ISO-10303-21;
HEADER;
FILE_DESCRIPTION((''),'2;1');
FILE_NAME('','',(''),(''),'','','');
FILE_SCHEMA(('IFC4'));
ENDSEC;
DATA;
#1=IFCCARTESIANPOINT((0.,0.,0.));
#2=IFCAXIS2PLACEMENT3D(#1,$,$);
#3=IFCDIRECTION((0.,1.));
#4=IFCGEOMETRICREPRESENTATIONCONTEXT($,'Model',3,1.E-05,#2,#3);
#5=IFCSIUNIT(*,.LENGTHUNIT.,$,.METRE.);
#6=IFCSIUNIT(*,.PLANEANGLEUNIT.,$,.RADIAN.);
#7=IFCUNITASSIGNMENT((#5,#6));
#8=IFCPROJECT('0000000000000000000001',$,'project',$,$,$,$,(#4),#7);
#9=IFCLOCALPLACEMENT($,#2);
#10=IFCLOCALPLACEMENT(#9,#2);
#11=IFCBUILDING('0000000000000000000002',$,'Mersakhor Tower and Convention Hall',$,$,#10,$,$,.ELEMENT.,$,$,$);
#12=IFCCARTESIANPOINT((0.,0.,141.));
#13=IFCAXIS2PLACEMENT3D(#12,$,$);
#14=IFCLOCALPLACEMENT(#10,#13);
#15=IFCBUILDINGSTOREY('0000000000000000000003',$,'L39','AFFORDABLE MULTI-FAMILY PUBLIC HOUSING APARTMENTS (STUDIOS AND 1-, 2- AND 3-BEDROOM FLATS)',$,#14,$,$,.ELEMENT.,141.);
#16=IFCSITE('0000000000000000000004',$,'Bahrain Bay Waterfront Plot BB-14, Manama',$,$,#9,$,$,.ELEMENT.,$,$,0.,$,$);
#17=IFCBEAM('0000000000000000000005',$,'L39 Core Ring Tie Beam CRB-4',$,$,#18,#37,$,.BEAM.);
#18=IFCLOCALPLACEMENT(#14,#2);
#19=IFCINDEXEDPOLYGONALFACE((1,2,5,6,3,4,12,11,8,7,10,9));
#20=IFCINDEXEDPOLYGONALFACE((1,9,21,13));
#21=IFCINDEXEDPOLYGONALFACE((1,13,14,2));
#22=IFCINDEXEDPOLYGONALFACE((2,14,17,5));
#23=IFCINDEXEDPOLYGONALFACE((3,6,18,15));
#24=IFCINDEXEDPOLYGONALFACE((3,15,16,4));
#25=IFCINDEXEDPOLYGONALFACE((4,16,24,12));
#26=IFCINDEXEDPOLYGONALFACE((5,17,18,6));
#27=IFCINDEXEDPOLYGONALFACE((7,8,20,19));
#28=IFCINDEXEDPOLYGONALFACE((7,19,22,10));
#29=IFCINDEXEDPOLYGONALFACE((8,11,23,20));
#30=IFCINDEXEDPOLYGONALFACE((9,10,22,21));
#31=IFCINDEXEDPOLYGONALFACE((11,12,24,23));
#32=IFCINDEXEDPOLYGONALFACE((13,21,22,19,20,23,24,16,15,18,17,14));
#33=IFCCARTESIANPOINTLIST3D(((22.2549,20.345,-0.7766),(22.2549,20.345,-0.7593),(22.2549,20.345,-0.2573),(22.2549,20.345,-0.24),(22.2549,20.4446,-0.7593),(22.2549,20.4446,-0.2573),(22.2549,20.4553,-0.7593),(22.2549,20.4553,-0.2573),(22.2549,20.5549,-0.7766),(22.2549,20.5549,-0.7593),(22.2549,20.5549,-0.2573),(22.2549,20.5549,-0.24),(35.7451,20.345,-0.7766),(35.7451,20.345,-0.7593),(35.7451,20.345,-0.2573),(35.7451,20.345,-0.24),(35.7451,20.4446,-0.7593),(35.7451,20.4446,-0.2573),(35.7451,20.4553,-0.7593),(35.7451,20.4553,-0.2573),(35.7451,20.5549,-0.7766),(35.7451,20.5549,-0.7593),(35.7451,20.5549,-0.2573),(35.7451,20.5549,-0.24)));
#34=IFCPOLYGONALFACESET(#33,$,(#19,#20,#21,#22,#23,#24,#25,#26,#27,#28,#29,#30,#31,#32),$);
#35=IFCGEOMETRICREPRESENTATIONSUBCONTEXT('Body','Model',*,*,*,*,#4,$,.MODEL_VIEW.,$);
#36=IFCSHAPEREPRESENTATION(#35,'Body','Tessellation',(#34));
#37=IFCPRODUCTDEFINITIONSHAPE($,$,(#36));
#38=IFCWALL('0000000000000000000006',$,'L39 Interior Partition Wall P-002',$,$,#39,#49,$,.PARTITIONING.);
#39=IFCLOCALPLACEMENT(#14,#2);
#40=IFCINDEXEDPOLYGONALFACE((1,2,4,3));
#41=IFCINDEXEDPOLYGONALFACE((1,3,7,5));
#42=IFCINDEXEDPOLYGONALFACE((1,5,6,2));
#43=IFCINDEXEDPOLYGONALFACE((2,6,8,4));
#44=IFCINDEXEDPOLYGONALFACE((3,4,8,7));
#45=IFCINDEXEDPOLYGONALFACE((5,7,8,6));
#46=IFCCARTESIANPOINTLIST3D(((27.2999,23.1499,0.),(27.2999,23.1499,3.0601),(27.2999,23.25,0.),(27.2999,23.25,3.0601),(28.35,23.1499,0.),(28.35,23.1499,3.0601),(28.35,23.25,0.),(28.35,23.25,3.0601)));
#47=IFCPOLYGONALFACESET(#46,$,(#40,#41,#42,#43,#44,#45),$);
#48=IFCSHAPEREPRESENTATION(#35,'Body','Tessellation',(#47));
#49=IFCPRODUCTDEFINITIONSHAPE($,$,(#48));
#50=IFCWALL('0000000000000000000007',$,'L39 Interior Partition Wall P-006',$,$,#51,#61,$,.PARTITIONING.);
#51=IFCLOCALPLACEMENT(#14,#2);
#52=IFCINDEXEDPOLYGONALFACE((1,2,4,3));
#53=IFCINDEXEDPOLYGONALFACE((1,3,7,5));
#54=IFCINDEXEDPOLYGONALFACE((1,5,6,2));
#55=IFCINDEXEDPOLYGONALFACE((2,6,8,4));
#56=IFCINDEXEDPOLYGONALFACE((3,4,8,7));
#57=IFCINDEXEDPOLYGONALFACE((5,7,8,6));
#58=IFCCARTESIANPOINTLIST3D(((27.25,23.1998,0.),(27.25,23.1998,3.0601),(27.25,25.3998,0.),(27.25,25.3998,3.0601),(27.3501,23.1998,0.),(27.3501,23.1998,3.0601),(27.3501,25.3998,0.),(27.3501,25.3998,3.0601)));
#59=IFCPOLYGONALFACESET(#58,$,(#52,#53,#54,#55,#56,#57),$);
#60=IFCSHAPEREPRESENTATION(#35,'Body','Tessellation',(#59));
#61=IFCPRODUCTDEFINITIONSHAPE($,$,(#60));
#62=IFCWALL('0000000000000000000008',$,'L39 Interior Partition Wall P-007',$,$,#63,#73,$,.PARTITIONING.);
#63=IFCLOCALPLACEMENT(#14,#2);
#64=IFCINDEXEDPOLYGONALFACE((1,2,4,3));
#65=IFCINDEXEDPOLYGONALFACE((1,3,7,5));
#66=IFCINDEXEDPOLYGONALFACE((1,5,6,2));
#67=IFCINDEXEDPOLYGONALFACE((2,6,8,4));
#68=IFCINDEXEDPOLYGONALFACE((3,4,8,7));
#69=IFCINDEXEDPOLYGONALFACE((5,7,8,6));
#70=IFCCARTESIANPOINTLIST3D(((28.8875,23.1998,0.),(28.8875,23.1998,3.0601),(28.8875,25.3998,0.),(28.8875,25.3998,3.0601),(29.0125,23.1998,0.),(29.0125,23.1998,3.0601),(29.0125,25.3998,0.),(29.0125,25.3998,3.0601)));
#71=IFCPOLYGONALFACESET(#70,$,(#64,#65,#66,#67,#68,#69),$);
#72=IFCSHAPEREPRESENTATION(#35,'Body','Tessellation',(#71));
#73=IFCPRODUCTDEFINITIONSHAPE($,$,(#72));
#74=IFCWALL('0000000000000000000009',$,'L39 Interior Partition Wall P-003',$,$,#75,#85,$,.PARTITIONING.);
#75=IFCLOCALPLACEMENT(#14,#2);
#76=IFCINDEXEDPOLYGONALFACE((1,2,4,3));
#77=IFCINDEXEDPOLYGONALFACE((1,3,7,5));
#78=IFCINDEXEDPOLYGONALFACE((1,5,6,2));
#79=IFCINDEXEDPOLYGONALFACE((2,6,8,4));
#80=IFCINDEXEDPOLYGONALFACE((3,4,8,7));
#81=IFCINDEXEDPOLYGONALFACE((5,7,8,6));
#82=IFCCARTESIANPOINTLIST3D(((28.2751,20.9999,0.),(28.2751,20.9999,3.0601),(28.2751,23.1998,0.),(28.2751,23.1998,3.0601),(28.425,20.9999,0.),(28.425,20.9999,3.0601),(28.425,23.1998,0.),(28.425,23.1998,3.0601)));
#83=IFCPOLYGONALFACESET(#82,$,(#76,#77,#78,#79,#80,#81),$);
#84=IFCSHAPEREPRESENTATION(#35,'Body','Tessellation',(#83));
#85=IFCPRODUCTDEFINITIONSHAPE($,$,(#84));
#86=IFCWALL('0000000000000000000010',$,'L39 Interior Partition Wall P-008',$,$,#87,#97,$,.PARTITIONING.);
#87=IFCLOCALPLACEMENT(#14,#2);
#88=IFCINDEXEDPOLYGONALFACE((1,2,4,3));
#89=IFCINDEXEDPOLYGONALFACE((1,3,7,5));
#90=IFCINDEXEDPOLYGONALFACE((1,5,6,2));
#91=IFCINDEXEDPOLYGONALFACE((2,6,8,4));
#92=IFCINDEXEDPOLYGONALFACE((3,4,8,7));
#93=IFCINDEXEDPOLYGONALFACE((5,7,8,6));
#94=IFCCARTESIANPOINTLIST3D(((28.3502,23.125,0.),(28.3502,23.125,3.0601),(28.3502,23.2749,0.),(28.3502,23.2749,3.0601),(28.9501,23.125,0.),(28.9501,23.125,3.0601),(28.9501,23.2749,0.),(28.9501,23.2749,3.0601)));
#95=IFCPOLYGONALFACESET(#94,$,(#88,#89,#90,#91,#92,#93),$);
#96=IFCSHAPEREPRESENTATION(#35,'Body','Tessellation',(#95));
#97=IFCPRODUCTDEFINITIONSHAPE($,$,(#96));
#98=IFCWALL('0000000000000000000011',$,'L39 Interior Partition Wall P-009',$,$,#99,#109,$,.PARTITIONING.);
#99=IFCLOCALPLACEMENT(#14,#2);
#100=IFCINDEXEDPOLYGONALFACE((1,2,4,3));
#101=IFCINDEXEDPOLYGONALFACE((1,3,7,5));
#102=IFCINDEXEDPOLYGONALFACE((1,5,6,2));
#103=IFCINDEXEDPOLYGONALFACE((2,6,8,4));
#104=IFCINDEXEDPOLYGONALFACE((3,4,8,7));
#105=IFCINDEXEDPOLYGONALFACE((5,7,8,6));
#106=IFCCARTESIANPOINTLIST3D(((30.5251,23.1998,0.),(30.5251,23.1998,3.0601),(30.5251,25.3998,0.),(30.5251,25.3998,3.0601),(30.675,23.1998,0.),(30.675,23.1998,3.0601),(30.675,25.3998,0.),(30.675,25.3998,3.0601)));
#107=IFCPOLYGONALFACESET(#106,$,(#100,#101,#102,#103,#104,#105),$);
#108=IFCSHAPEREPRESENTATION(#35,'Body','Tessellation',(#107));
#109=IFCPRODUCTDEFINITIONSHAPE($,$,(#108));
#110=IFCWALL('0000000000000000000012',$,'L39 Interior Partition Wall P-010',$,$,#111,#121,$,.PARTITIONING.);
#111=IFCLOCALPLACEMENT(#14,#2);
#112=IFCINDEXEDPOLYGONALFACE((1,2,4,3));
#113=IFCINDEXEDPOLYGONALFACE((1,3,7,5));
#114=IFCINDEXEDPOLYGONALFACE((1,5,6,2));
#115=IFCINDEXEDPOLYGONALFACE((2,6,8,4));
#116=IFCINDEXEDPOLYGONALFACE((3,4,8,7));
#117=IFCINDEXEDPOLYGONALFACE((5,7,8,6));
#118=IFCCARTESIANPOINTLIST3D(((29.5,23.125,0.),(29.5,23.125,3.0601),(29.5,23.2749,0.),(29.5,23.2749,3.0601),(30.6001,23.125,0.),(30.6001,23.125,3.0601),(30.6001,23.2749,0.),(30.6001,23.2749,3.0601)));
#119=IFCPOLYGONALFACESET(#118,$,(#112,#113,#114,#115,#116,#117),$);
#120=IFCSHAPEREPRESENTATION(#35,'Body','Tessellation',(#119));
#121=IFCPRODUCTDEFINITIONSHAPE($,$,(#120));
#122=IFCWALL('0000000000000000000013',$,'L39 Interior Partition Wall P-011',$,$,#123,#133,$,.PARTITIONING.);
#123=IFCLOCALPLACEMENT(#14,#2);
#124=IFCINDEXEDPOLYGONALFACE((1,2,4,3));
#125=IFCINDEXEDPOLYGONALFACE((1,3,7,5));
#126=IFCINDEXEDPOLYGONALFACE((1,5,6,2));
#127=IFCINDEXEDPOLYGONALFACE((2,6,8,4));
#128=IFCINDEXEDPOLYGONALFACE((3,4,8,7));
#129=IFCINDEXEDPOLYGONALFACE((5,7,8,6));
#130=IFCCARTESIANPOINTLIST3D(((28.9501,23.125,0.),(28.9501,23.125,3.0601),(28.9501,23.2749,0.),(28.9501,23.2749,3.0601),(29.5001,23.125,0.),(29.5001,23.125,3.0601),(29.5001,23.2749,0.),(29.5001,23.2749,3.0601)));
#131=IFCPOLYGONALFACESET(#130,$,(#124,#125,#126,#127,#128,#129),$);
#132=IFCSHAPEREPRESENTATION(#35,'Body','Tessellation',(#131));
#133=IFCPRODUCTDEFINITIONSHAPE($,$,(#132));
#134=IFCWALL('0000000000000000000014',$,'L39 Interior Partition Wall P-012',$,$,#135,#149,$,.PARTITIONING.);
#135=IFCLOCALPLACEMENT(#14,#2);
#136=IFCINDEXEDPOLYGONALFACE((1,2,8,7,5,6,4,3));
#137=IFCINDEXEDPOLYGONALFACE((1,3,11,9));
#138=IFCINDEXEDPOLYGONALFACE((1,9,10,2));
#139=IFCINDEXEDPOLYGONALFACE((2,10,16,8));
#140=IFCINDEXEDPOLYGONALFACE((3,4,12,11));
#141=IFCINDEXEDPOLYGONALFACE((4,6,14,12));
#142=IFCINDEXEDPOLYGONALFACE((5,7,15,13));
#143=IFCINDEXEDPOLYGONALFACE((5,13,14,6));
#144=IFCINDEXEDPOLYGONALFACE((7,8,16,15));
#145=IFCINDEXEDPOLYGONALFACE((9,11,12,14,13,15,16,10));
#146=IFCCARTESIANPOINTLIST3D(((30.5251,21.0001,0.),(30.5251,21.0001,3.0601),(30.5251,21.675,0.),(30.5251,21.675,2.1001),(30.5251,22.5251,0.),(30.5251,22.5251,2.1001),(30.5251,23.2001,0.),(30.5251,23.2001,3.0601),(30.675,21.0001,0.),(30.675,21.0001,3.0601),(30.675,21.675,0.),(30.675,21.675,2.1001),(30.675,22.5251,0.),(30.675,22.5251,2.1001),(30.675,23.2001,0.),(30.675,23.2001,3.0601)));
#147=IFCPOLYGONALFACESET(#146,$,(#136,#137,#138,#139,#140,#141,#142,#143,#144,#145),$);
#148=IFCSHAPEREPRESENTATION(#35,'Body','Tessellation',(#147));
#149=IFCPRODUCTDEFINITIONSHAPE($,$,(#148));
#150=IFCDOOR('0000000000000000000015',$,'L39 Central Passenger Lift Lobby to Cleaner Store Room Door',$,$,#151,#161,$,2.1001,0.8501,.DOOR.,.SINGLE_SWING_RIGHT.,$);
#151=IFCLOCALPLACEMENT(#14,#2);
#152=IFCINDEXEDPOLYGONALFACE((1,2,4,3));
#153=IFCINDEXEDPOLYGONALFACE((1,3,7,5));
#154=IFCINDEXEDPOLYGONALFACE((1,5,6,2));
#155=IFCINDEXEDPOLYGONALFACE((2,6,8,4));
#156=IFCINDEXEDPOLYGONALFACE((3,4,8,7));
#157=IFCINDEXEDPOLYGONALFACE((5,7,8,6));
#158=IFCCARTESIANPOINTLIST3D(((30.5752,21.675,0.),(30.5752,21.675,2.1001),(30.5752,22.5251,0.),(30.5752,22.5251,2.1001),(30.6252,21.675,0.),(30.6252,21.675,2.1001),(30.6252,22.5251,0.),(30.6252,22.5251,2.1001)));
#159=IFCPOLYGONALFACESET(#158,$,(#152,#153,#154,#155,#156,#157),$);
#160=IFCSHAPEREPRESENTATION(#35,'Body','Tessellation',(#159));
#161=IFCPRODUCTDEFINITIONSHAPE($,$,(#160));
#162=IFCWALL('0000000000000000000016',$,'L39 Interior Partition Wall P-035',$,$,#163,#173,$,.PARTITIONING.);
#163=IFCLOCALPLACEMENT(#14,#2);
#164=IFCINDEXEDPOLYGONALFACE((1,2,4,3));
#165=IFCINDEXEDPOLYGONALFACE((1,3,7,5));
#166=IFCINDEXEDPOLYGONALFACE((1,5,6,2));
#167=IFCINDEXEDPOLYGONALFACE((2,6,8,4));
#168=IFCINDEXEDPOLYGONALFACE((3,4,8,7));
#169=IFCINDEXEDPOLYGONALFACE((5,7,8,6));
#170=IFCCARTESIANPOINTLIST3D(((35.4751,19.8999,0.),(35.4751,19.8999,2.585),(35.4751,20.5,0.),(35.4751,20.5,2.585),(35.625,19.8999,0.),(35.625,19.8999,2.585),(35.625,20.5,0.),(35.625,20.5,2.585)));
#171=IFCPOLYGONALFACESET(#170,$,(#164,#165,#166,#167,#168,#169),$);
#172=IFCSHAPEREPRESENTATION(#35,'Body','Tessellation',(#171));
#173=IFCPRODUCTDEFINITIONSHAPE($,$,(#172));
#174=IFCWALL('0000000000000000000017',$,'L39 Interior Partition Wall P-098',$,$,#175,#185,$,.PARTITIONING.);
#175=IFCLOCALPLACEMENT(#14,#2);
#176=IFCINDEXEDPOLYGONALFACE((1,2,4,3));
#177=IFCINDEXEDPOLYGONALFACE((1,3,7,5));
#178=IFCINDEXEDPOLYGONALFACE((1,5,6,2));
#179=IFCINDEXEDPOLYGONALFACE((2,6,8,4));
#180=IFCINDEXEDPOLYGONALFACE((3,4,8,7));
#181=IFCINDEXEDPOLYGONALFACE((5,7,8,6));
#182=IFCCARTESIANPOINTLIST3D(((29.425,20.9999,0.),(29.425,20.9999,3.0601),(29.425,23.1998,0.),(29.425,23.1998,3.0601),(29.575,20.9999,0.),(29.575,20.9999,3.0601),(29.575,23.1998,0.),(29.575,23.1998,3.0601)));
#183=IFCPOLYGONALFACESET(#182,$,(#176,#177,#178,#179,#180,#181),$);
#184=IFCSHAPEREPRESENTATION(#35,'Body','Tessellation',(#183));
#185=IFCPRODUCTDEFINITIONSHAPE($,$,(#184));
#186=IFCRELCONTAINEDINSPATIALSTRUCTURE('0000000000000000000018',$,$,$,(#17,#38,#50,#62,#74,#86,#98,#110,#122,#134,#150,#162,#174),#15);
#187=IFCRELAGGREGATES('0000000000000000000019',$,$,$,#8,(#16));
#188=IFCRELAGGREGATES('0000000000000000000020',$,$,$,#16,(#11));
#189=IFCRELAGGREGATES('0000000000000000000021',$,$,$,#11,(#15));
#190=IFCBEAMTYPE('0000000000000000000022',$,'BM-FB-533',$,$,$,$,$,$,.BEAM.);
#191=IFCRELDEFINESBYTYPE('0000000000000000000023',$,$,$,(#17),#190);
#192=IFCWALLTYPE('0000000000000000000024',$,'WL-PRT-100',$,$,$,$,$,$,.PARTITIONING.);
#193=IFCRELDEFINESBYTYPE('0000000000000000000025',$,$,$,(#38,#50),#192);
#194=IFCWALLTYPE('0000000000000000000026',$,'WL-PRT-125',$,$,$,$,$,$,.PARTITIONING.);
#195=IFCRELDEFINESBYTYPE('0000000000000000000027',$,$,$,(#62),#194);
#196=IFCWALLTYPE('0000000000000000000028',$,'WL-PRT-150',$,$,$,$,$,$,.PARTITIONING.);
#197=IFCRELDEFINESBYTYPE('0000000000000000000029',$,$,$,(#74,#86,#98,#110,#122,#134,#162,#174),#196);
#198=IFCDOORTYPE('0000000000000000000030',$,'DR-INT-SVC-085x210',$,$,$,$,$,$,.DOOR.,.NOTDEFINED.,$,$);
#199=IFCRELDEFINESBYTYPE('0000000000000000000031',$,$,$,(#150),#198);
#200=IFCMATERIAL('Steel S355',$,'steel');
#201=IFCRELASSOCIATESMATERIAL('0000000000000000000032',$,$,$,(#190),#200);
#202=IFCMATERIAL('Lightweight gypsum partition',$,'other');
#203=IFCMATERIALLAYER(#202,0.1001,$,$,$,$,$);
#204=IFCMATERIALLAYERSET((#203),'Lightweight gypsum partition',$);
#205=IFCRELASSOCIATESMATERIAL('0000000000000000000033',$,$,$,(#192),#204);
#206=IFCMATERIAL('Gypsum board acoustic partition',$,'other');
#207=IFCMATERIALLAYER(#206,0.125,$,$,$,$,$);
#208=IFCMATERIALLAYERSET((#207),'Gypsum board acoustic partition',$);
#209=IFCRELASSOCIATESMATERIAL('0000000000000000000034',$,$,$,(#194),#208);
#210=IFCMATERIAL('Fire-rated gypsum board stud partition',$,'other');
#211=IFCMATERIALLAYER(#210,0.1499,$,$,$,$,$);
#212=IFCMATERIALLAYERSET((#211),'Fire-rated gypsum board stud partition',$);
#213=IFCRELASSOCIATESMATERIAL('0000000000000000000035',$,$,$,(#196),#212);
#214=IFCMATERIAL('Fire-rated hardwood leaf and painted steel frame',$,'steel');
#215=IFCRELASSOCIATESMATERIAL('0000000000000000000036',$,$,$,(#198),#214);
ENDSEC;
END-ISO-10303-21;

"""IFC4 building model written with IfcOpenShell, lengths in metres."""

from ifc_helpers import new_model, si_unit, direction, frame, frame_2d, origin, origin_2d, place, context, subcontext, project, spatial, rectangle, i_section, extrude, material, layer, layer_set, material_profile, profile_set, type_object, element, fill, save


model = new_model("IFC4")

# Units and contexts
model_context = context("Model", 3, precision=1e-05, world=origin(), true_north=direction((0.0, 1.0)))
body_context = subcontext(model_context, "Body", "Model", "MODEL_VIEW")
ifc_project = project(units=[si_unit("LENGTHUNIT", "METRE"), si_unit("PLANEANGLEUNIT", "RADIAN")], contexts=[model_context])

# Site, building, storey
site_placement = place(None, origin())
site = spatial("IfcSite", under=ifc_project, at=site_placement, Name="Bahrain Bay Waterfront Plot BB-14, Manama", CompositionType="ELEMENT", RefElevation=0.0)
building_placement = place(site_placement, origin())
building = spatial("IfcBuilding", under=site, at=building_placement, Name="Mersakhor Tower and Convention Hall", CompositionType="ELEMENT")
storey_placement = place(building_placement, frame((0.0, 0.0, 141.0)))
storey = spatial("IfcBuildingStorey", under=building, at=storey_placement, Name="L39", Description="AFFORDABLE MULTI-FAMILY PUBLIC HOUSING APARTMENTS (STUDIOS AND 1-, 2- AND 3-BEDROOM FLATS)", CompositionType="ELEMENT", Elevation=141.0)

# Beam
ifc_material_1 = material(Name="Steel S355", Category="steel")
ifc_material_profile = material_profile(ifc_material_1, i_section(OverallWidth=0.21, OverallDepth=0.5366, WebThickness=0.0107, FlangeThickness=0.0173, at=origin_2d()), Name="UB 533x210x101")
ifc_profile_set = profile_set([ifc_material_profile], Name="Steel S355")
beam_type = type_object("IfcBeamType", Name="BM-FB-533", PredefinedType="BEAM", material=ifc_profile_set)
beam_placement = place(storey_placement, frame((35.7451, 20.45, -0.5083), z_axis=(-1.0, 0.0, 0.0), x_axis=(0.0, -1.0, 0.0)))
element("IfcBeam", 1, at=beam_placement, inside=storey, type_object=beam_type, Name="L39 Core Ring Tie Beam CRB-4", PredefinedType="BEAM", context=body_context, shape_type="SweptSolid", body=[
    extrude(i_section(OverallWidth=0.21, OverallDepth=0.5366, WebThickness=0.0107, FlangeThickness=0.0173, at=origin_2d()), origin(), (0.0, 0.0, 1.0), 13.4902),
])

# Walls
ifc_material_2 = material(Name="Lightweight gypsum partition", Category="other")
ifc_layer_1 = layer(ifc_material_2, 0.1001)
ifc_layer_set_1 = layer_set([ifc_layer_1], Name="Lightweight gypsum partition")
wall_type_1 = type_object("IfcWallType", Name="WL-PRT-100", PredefinedType="PARTITIONING", material=ifc_layer_set_1)
wall_1_placement = place(storey_placement, frame((27.3, 23.2, 0.0), z_axis=(0.0, 0.0, 1.0), x_axis=(1.0, 0.0, 0.0)))
element("IfcWall", 2, at=wall_1_placement, inside=storey, type_object=wall_type_1, Name="L39 Interior Partition Wall P-002", PredefinedType="PARTITIONING", context=body_context, shape_type="SweptSolid", body=[
    extrude(rectangle(XDim=1.05, YDim=0.1001, at=frame_2d((0.5249, 0.0))), origin(), (0.0, 0.0, 1.0), 3.0601),
])
wall_2_placement = place(storey_placement, frame((27.3, 25.3999, 0.0), z_axis=(0.0, 0.0, 1.0), x_axis=(0.0, -1.0, 0.0)))
element("IfcWall", 3, at=wall_2_placement, inside=storey, type_object=wall_type_1, Name="L39 Interior Partition Wall P-006", PredefinedType="PARTITIONING", context=body_context, shape_type="SweptSolid", body=[
    extrude(rectangle(XDim=2.2, YDim=0.1001, at=frame_2d((1.1001, 0.0))), origin(), (0.0, 0.0, 1.0), 3.0601),
])
ifc_material_3 = material(Name="Gypsum board acoustic partition", Category="other")
ifc_layer_2 = layer(ifc_material_3, 0.125)
ifc_layer_set_2 = layer_set([ifc_layer_2], Name="Gypsum board acoustic partition")
wall_type_2 = type_object("IfcWallType", Name="WL-PRT-125", PredefinedType="PARTITIONING", material=ifc_layer_set_2)
wall_3_placement = place(storey_placement, frame((28.95, 25.3999, 0.0), z_axis=(0.0, 0.0, 1.0), x_axis=(0.0, -1.0, 0.0)))
element("IfcWall", 4, at=wall_3_placement, inside=storey, type_object=wall_type_2, Name="L39 Interior Partition Wall P-007", PredefinedType="PARTITIONING", context=body_context, shape_type="SweptSolid", body=[
    extrude(rectangle(XDim=2.2, YDim=0.125, at=frame_2d((1.1001, 0.0))), origin(), (0.0, 0.0, 1.0), 3.0601),
])
ifc_material_4 = material(Name="Fire-rated gypsum board stud partition", Category="other")
ifc_layer_3 = layer(ifc_material_4, 0.1499)
ifc_layer_set_3 = layer_set([ifc_layer_3], Name="Fire-rated gypsum board stud partition")
wall_type_3 = type_object("IfcWallType", Name="WL-PRT-150", PredefinedType="PARTITIONING", material=ifc_layer_set_3)
wall_4_placement = place(storey_placement, frame((28.3501, 23.2, 0.0), z_axis=(0.0, 0.0, 1.0), x_axis=(0.0, -1.0, 0.0)))
element("IfcWall", 5, at=wall_4_placement, inside=storey, type_object=wall_type_3, Name="L39 Interior Partition Wall P-003", PredefinedType="PARTITIONING", context=body_context, shape_type="SweptSolid", body=[
    extrude(rectangle(XDim=2.2, YDim=0.1499, at=frame_2d((1.1001, 0.0))), origin(), (0.0, 0.0, 1.0), 3.0601),
])
wall_5_placement = place(storey_placement, frame((28.95, 23.2, 0.0), z_axis=(0.0, 0.0, 1.0), x_axis=(-1.0, 0.0, 0.0)))
element("IfcWall", 6, at=wall_5_placement, inside=storey, type_object=wall_type_3, Name="L39 Interior Partition Wall P-008", PredefinedType="PARTITIONING", context=body_context, shape_type="SweptSolid", body=[
    extrude(rectangle(XDim=0.5999, YDim=0.1499, at=frame_2d((0.2998, 0.0))), origin(), (0.0, 0.0, 1.0), 3.0601),
])
wall_6_placement = place(storey_placement, frame((30.6001, 25.3999, 0.0), z_axis=(0.0, 0.0, 1.0), x_axis=(0.0, -1.0, 0.0)))
element("IfcWall", 7, at=wall_6_placement, inside=storey, type_object=wall_type_3, Name="L39 Interior Partition Wall P-009", PredefinedType="PARTITIONING", context=body_context, shape_type="SweptSolid", body=[
    extrude(rectangle(XDim=2.2, YDim=0.1499, at=frame_2d((1.1001, 0.0))), origin(), (0.0, 0.0, 1.0), 3.0601),
])
wall_7_placement = place(storey_placement, frame((30.6001, 23.2, 0.0), z_axis=(0.0, 0.0, 1.0), x_axis=(-1.0, 0.0, 0.0)))
element("IfcWall", 8, at=wall_7_placement, inside=storey, type_object=wall_type_3, Name="L39 Interior Partition Wall P-010", PredefinedType="PARTITIONING", context=body_context, shape_type="SweptSolid", body=[
    extrude(rectangle(XDim=1.1001, YDim=0.1499, at=frame_2d((0.55, 0.0))), origin(), (0.0, 0.0, 1.0), 3.0601),
])
wall_8_placement = place(storey_placement, frame((29.5, 23.2, 0.0), z_axis=(0.0, 0.0, 1.0), x_axis=(-1.0, 0.0, 0.0)))
element("IfcWall", 9, at=wall_8_placement, inside=storey, type_object=wall_type_3, Name="L39 Interior Partition Wall P-011", PredefinedType="PARTITIONING", context=body_context, shape_type="SweptSolid", body=[
    extrude(rectangle(XDim=0.55, YDim=0.1499, at=frame_2d((0.2749, 0.0))), origin(), (0.0, 0.0, 1.0), 3.0601),
])

# Wall, opening, door
wall_9_placement = place(storey_placement, frame((30.6001, 21.0, 0.0), z_axis=(0.0, 0.0, 1.0), x_axis=(0.0, 1.0, 0.0)))
wall_9 = element("IfcWall", 10, at=wall_9_placement, inside=storey, type_object=wall_type_3, Name="L39 Interior Partition Wall P-012", PredefinedType="PARTITIONING", context=body_context, shape_type="SweptSolid", body=[
    extrude(rectangle(XDim=2.2, YDim=0.1499, at=frame_2d((1.1001, 0.0))), origin(), (0.0, 0.0, 1.0), 3.0601),
])
opening_1_placement = place(wall_9_placement, frame((0.675, 0.0, 0.0)))
opening_1 = element("IfcOpeningElement", 11, at=opening_1_placement, cuts=wall_9, PredefinedType="OPENING", context=body_context, shape_type="SweptSolid", body=[
    extrude(rectangle(XDim=0.8501, YDim=2.1001, at=frame_2d((0.425, 1.05))), frame((0.0, 0.085, 0.0), z_axis=(0.0, -1.0, 0.0), x_axis=(1.0, 0.0, 0.0)), (0.0, 0.0, 1.0), 0.1699),
])
ifc_material_5 = material(Name="Fire-rated hardwood leaf and painted steel frame", Category="steel")
door_type_1 = type_object("IfcDoorType", Name="DR-INT-SVC-085x210", OperationType="NOTDEFINED", PredefinedType="DOOR", material=ifc_material_5)
door_1_placement = place(opening_1_placement, origin())
door_1 = element("IfcDoor", 12, at=door_1_placement, inside=storey, type_object=door_type_1, Name="L39 Central Passenger Lift Lobby to Cleaner Store Room Door", OperationType="SINGLE_SWING_RIGHT", OverallHeight=2.1001, OverallWidth=0.8501, PredefinedType="DOOR", context=body_context, shape_type="SweptSolid", body=[
    extrude(rectangle(XDim=0.8501, YDim=2.1001, at=frame_2d((0.425, 1.05))), frame((0.0, 0.0249, 0.0), z_axis=(0.0, -1.0, 0.0), x_axis=(1.0, 0.0, 0.0)), (0.0, 0.0, 1.0), 0.05),
])
fill(opening_1, door_1)

# Walls
wall_10_placement = place(storey_placement, frame((35.55, 20.5, 0.0), z_axis=(0.0, 0.0, 1.0), x_axis=(0.0, -1.0, 0.0)))
element("IfcWall", 13, at=wall_10_placement, inside=storey, type_object=wall_type_3, Name="L39 Interior Partition Wall P-035", PredefinedType="PARTITIONING", context=body_context, shape_type="SweptSolid", body=[
    extrude(rectangle(XDim=0.6001, YDim=0.1499, at=frame_2d((0.3, 0.0))), origin(), (0.0, 0.0, 1.0), 2.585),
])
wall_11_placement = place(storey_placement, frame((29.5, 23.2, 0.0), z_axis=(0.0, 0.0, 1.0), x_axis=(0.0, -1.0, 0.0)))
element("IfcWall", 14, at=wall_11_placement, inside=storey, type_object=wall_type_3, Name="L39 Interior Partition Wall P-098", PredefinedType="PARTITIONING", context=body_context, shape_type="SweptSolid", body=[
    extrude(rectangle(XDim=2.2, YDim=0.1499, at=frame_2d((1.1001, 0.0))), origin(), (0.0, 0.0, 1.0), 3.0601),
])

save(model, "model.ifc")
